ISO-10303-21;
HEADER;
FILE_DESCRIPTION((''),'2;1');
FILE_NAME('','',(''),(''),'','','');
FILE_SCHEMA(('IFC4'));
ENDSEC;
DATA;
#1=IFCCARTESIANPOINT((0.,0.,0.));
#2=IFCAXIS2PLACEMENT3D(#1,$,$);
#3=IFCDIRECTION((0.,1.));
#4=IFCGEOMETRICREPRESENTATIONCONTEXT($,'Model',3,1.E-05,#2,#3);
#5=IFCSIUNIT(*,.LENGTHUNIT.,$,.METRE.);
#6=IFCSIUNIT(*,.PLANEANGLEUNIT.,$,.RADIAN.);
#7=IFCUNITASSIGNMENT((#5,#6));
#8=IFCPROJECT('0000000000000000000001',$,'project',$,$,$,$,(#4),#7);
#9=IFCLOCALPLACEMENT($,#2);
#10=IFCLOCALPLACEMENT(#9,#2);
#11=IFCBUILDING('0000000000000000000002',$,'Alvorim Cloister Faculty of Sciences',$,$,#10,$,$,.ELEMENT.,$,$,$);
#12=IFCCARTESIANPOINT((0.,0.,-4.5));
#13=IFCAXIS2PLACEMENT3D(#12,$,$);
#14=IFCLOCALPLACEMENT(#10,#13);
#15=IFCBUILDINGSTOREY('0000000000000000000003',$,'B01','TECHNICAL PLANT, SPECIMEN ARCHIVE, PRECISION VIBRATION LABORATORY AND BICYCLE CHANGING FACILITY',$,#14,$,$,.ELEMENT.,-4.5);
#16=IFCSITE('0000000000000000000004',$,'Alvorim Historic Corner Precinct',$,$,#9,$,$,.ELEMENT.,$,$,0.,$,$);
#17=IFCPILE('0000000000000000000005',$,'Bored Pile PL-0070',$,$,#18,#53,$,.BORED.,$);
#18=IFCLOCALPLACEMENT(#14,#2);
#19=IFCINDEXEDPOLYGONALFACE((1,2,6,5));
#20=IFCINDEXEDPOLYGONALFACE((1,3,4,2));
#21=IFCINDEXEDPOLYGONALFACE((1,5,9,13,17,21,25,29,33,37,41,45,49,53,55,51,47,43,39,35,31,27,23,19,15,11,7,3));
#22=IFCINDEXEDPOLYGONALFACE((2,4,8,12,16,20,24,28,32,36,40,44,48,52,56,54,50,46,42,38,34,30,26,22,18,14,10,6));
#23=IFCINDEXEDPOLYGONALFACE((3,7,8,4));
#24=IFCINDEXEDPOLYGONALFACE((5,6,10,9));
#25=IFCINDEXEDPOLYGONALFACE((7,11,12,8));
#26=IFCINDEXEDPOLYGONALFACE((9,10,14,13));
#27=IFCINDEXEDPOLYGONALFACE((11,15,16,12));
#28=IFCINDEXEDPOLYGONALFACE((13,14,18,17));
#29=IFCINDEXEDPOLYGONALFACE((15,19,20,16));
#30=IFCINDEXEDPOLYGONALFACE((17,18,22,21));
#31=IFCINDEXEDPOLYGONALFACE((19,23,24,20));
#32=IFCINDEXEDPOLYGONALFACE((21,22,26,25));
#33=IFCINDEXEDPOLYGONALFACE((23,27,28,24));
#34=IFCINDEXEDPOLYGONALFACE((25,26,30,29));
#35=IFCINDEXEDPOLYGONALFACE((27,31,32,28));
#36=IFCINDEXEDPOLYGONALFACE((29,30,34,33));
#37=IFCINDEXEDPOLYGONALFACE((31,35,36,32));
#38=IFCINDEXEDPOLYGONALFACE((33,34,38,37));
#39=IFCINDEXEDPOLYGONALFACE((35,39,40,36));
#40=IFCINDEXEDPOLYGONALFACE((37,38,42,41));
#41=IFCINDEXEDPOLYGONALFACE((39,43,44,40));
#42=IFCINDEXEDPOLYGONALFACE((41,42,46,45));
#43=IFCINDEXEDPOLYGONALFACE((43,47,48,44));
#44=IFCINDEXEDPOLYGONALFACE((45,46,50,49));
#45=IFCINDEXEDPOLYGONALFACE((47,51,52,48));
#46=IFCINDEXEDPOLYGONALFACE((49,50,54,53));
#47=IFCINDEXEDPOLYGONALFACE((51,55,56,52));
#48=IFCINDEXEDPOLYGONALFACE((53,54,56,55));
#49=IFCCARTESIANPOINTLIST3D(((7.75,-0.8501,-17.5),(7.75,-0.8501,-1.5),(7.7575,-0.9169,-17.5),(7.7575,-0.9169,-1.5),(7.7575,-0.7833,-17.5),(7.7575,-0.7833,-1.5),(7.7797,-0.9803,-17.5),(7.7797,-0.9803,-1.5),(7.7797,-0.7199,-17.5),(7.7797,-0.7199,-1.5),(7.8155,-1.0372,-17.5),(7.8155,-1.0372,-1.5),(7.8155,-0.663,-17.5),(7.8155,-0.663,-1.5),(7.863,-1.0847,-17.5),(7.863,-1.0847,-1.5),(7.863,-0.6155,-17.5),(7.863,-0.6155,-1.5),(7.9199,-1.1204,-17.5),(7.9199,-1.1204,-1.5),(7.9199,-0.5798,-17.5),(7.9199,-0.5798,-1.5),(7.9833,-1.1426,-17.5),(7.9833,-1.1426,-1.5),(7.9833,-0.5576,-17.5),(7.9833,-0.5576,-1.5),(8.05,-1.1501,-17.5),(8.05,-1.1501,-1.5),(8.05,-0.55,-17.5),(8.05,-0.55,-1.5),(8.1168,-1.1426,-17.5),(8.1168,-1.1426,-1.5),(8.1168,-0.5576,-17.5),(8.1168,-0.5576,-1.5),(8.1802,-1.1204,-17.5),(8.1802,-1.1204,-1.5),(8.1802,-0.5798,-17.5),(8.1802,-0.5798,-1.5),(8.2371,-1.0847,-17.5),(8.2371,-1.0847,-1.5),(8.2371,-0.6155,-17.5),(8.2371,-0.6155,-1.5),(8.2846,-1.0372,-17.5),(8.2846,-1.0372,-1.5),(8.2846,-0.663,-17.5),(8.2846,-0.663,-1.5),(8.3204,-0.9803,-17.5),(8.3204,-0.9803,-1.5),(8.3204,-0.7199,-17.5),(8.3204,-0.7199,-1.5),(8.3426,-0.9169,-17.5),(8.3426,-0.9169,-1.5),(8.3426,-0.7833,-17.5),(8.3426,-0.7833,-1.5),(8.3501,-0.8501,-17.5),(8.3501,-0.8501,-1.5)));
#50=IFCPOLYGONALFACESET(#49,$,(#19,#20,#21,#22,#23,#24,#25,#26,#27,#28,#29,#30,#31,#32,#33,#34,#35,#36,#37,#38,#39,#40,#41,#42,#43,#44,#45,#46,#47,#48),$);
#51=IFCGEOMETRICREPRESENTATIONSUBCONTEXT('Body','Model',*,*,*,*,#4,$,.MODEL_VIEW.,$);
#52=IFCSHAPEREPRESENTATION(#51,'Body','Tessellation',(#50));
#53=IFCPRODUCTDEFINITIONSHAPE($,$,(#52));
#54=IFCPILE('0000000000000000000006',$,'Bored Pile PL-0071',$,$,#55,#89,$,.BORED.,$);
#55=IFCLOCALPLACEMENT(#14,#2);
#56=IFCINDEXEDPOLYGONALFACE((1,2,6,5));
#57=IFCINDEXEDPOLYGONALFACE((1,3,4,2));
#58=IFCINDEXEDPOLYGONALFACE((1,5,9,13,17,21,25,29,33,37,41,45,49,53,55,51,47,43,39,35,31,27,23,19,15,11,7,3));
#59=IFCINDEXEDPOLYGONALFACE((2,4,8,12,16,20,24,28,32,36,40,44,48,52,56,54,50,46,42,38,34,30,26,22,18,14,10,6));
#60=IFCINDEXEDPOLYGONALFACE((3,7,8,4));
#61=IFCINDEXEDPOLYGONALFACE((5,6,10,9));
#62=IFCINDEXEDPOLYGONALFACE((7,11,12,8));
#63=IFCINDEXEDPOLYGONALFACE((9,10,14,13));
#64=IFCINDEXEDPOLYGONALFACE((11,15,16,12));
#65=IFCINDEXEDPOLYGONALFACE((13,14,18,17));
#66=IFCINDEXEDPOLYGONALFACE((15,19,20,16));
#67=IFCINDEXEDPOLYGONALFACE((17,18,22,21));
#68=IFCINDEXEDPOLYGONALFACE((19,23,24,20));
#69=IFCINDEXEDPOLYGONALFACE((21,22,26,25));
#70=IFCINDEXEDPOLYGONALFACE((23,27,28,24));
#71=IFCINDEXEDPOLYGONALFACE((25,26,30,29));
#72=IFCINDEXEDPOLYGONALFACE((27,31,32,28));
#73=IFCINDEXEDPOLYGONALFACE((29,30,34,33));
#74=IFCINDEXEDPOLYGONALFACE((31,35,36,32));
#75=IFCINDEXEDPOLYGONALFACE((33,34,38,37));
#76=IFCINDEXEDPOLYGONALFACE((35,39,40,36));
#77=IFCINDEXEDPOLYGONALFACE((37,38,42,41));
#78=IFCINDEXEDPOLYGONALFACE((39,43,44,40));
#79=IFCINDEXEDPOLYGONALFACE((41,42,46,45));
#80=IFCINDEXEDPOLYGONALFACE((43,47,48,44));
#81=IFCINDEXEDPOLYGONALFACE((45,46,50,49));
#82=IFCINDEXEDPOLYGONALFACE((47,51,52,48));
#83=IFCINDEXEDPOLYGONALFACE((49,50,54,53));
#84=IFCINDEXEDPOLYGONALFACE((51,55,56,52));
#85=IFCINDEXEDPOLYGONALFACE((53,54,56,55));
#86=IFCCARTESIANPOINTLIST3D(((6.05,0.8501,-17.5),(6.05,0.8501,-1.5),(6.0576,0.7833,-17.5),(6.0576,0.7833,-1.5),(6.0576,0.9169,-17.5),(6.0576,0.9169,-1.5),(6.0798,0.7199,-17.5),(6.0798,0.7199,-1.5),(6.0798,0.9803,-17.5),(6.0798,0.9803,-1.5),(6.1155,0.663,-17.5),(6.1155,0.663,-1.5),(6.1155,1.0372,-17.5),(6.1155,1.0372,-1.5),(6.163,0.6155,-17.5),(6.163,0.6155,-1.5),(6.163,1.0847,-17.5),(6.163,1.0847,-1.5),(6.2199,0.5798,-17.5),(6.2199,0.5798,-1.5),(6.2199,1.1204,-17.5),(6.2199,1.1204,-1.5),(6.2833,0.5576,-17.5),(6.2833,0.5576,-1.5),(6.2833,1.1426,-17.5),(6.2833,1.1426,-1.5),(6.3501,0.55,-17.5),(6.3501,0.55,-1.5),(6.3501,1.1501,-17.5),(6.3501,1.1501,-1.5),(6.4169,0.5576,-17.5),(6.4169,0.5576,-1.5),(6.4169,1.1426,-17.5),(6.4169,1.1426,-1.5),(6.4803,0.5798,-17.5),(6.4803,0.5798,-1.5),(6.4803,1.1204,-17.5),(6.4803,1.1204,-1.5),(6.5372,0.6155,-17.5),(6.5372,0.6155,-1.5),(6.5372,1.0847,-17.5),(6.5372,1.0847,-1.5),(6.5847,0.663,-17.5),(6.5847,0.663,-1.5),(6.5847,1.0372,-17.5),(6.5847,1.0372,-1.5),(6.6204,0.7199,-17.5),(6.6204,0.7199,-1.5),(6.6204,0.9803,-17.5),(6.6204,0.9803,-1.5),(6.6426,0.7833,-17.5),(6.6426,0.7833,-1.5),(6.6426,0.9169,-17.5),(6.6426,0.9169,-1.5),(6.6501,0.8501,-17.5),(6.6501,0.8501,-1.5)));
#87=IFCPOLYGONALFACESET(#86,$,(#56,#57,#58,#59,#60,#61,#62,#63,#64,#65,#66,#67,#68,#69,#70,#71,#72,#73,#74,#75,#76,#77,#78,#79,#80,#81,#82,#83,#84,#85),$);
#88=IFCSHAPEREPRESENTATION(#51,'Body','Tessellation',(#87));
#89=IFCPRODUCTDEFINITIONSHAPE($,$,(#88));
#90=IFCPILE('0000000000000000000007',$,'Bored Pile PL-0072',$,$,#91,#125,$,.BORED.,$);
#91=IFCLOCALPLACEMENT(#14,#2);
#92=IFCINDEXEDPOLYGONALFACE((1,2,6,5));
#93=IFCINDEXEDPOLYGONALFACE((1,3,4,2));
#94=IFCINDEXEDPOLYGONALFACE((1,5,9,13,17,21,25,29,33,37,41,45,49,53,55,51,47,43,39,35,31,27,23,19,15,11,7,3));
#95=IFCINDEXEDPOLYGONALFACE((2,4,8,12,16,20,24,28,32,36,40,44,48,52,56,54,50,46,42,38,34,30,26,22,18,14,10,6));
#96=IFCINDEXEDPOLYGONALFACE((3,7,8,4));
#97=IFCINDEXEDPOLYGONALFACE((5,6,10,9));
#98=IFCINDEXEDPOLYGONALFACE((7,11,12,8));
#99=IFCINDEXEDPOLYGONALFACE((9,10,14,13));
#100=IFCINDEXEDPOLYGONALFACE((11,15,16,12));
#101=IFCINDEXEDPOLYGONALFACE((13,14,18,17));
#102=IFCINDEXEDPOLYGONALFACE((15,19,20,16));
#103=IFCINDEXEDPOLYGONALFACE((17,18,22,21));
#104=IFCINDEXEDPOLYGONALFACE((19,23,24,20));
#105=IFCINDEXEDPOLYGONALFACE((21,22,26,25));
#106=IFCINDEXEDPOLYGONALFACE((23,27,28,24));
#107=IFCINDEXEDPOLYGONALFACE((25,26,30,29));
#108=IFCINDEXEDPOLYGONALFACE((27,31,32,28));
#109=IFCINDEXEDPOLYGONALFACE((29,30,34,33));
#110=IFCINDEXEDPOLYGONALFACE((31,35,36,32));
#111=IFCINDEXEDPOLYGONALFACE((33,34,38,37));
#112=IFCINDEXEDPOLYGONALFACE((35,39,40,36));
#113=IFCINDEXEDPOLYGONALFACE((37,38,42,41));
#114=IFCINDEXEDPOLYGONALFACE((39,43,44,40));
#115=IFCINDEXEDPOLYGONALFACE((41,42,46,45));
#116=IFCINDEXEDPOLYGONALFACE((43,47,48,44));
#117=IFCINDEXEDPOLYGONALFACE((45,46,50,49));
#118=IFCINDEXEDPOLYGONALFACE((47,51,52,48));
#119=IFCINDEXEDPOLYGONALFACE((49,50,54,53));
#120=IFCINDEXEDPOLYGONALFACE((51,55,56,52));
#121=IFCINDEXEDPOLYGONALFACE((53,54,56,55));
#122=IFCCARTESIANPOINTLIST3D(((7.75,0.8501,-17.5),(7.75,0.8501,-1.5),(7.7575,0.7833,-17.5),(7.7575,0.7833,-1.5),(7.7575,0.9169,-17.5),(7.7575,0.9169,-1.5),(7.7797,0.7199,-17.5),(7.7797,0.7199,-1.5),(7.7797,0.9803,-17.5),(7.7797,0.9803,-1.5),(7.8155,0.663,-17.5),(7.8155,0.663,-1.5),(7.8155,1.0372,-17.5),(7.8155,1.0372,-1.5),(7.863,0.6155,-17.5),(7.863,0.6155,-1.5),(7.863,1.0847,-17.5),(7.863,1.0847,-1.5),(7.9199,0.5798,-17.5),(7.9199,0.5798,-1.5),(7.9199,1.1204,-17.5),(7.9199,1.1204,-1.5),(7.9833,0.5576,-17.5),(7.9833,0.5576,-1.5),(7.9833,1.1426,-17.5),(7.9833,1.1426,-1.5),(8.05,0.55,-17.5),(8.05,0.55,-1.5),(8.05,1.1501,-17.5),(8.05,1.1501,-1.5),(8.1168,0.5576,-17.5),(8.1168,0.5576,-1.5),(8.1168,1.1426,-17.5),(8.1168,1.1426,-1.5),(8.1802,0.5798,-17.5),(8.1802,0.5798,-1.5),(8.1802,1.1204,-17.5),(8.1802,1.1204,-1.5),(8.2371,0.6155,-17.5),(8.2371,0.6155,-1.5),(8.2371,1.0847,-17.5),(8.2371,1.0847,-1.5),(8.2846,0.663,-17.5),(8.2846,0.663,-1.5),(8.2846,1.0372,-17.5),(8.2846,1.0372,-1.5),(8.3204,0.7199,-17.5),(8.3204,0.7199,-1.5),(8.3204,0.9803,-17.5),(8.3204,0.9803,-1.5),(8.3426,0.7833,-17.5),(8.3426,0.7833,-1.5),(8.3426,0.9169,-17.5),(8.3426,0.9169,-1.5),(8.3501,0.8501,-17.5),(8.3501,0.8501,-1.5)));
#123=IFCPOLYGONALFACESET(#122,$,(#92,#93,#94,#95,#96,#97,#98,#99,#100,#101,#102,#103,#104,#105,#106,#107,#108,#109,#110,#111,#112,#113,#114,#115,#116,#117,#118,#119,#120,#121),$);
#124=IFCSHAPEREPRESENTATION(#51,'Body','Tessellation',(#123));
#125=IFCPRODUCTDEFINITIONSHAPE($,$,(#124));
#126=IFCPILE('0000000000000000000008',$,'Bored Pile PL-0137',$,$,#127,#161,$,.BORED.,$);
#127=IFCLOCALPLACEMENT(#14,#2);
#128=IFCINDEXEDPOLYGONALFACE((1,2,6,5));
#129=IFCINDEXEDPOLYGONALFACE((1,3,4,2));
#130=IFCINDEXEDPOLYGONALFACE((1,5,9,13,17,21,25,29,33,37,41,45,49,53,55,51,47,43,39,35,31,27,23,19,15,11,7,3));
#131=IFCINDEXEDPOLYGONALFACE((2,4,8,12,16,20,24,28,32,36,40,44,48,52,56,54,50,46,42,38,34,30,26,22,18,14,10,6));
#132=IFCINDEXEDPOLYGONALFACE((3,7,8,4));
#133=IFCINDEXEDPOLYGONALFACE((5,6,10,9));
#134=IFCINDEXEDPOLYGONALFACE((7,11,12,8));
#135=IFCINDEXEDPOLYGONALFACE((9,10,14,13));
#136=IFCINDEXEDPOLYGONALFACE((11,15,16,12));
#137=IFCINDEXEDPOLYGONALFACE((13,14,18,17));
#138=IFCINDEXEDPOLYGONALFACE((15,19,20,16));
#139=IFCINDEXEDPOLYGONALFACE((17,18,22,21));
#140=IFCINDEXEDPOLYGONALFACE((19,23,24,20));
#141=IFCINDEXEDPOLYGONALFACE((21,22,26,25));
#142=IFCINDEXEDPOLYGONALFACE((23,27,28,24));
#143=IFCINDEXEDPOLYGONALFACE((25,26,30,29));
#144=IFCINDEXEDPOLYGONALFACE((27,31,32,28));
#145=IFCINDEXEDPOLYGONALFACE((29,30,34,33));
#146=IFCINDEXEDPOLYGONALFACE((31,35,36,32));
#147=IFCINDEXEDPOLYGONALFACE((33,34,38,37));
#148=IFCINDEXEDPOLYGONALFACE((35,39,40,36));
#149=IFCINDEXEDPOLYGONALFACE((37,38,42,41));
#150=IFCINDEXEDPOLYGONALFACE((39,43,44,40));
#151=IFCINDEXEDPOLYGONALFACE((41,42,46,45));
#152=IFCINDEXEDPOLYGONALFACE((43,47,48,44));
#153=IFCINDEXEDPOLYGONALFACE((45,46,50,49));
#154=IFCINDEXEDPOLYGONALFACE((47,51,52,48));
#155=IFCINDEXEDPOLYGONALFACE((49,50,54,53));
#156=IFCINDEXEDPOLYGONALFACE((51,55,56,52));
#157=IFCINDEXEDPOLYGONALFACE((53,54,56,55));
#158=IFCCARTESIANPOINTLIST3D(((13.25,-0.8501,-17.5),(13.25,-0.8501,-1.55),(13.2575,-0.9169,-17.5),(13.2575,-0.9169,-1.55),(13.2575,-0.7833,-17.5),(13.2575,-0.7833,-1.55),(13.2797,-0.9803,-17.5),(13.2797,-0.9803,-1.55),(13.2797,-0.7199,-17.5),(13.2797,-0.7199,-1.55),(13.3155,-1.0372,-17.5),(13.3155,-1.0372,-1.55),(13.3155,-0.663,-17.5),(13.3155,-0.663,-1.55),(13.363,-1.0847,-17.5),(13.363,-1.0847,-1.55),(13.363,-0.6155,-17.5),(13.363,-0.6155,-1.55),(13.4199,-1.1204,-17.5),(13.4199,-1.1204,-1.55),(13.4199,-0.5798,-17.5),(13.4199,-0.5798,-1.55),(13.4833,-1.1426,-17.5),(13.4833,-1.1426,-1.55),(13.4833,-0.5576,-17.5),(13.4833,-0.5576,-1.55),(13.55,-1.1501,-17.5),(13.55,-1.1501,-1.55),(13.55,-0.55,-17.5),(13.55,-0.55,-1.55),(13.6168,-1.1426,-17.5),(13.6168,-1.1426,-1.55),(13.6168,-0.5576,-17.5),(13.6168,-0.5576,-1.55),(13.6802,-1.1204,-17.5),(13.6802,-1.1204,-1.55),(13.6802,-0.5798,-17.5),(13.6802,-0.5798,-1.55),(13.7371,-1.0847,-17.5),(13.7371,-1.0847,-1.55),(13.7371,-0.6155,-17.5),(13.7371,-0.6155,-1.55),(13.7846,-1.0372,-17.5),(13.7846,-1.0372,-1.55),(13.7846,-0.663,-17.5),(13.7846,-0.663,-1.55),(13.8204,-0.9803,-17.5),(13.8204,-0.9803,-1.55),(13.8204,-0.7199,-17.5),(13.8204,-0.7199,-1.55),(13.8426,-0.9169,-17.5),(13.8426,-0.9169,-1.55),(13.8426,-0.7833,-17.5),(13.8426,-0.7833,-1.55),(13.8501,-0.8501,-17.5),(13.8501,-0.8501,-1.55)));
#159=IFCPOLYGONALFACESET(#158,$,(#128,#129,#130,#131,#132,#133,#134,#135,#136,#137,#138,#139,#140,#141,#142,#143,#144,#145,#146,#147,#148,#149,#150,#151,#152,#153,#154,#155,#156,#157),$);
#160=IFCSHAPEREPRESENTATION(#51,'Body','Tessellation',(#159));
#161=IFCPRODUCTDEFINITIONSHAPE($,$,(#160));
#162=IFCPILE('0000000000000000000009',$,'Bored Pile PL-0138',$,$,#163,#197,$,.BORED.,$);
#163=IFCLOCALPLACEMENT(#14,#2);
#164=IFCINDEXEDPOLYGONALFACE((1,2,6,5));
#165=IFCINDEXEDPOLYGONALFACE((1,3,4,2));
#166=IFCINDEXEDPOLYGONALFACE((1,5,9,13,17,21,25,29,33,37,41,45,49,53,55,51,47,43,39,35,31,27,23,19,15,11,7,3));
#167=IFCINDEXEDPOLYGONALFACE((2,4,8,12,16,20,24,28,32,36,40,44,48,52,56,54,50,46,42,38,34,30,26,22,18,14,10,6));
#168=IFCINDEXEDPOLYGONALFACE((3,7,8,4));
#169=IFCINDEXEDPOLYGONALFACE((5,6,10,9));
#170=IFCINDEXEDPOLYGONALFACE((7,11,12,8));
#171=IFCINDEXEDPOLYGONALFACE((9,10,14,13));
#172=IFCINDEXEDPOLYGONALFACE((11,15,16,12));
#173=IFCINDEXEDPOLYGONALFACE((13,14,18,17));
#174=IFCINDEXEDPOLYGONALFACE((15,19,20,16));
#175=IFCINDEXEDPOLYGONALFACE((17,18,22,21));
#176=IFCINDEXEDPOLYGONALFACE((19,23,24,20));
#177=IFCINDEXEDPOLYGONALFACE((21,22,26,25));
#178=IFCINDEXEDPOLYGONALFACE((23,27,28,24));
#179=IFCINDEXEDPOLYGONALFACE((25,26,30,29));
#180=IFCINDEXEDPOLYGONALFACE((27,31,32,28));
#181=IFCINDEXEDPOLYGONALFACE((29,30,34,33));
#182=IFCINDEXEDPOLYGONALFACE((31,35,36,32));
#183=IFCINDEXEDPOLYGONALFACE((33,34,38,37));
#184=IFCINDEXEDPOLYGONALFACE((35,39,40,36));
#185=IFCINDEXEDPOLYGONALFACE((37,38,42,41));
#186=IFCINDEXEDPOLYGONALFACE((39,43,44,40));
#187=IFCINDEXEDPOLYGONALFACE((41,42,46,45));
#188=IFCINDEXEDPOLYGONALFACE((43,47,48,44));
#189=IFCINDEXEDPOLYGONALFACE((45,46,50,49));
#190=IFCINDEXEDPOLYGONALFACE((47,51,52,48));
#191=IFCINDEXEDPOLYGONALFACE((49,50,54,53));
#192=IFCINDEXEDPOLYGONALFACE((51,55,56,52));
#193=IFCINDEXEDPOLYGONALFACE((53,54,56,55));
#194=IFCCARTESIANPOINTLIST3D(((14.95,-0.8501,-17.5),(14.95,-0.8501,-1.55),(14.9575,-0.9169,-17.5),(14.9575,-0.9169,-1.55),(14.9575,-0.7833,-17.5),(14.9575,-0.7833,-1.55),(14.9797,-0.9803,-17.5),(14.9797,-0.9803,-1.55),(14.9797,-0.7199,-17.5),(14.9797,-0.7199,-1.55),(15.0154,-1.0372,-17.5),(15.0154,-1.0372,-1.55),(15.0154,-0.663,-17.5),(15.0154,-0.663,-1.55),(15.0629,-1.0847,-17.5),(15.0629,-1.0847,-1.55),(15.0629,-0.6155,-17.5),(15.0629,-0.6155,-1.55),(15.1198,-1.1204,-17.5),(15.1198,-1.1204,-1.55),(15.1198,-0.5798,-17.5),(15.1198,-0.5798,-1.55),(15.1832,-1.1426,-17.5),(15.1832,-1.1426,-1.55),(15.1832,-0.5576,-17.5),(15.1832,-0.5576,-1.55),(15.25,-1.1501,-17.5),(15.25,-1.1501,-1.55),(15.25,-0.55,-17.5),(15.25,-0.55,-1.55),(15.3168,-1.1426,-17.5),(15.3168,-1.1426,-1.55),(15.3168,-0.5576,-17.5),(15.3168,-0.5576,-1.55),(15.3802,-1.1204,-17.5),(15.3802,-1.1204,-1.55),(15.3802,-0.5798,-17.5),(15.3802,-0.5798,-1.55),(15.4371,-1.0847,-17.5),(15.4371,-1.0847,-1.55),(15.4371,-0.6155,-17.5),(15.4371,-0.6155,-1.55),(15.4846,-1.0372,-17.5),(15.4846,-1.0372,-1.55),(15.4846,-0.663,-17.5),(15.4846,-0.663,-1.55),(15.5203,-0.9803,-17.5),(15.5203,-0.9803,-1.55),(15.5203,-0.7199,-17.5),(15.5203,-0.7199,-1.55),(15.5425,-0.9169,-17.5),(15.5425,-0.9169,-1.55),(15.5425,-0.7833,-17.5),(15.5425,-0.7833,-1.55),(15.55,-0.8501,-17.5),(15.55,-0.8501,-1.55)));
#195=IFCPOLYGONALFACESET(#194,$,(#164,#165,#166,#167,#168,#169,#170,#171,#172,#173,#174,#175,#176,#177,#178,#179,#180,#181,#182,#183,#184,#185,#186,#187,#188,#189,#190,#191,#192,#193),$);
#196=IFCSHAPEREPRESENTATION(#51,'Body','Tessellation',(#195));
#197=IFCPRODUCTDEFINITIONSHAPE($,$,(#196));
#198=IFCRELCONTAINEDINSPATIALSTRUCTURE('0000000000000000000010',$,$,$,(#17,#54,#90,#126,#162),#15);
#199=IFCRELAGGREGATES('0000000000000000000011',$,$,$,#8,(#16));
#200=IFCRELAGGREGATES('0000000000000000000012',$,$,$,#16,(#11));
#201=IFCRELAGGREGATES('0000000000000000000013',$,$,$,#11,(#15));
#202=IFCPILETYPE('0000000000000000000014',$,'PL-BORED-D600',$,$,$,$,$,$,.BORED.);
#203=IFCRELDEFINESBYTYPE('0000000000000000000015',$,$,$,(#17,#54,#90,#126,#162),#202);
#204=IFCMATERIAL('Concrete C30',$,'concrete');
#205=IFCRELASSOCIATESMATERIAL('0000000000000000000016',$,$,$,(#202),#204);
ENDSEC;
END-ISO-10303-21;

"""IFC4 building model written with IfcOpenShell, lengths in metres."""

from ifc_helpers import new_model, si_unit, direction, frame, origin, origin_2d, place, context, subcontext, project, spatial, circle, extrude, material, material_profile, profile_set, type_object, element, save


model = new_model("IFC4")

# Units and contexts
model_context = context("Model", 3, precision=1e-05, world=origin(), true_north=direction((0.0, 1.0)))
body_context = subcontext(model_context, "Body", "Model", "MODEL_VIEW")
ifc_project = project(units=[si_unit("LENGTHUNIT", "METRE"), si_unit("PLANEANGLEUNIT", "RADIAN")], contexts=[model_context])

# Site, building, storey
site_placement = place(None, origin())
site = spatial("IfcSite", under=ifc_project, at=site_placement, Name="Alvorim Historic Corner Precinct", CompositionType="ELEMENT", RefElevation=0.0)
building_placement = place(site_placement, origin())
building = spatial("IfcBuilding", under=site, at=building_placement, Name="Alvorim Cloister Faculty of Sciences", CompositionType="ELEMENT")
storey_placement = place(building_placement, frame((0.0, 0.0, -4.5)))
storey = spatial("IfcBuildingStorey", under=building, at=storey_placement, Name="B01", Description="TECHNICAL PLANT, SPECIMEN ARCHIVE, PRECISION VIBRATION LABORATORY AND BICYCLE CHANGING FACILITY", CompositionType="ELEMENT", Elevation=-4.5)

# Piles
ifc_material_1 = material(Name="Concrete C30", Category="concrete")
ifc_material_profile_1 = material_profile(ifc_material_1, circle(Radius=0.3, at=origin_2d()), Name="PILE-D600")
ifc_profile_set_1 = profile_set([ifc_material_profile_1], Name="Concrete C30")
pile_type_1 = type_object("IfcPileType", Name="PL-BORED-D600", PredefinedType="BORED", material=ifc_profile_set_1)
for number, where, z_axis, x_axis, name in (
    (1, (8.05, -0.8501, -1.5), (0.0, 0.0, -1.0), (1.0, 0.0, 0.0), "Bored Pile PL-0070"),
    (2, (6.3501, 0.8501, -1.5), (0.0, 0.0, -1.0), (1.0, 0.0, 0.0), "Bored Pile PL-0071"),
    (3, (8.05, 0.8501, -1.5), (0.0, 0.0, -1.0), (1.0, 0.0, 0.0), "Bored Pile PL-0072"),
):
    element("IfcPile", number, at=place(storey_placement, frame(where, z_axis=z_axis, x_axis=x_axis)), inside=storey, type_object=pile_type_1, Name=name, PredefinedType="BORED", context=body_context, shape_type="SweptSolid", body=[
        extrude(circle(Radius=0.3, at=origin_2d()), origin(), (0.0, 0.0, 1.0), 16.0),
    ])
for number, where, z_axis, x_axis, name in (
    (4, (13.55, -0.8501, -1.55), (0.0, 0.0, -1.0), (1.0, 0.0, 0.0), "Bored Pile PL-0137"),
    (5, (15.25, -0.8501, -1.55), (0.0, 0.0, -1.0), (1.0, 0.0, 0.0), "Bored Pile PL-0138"),
):
    element("IfcPile", number, at=place(storey_placement, frame(where, z_axis=z_axis, x_axis=x_axis)), inside=storey, type_object=pile_type_1, Name=name, PredefinedType="BORED", context=body_context, shape_type="SweptSolid", body=[
        extrude(circle(Radius=0.3, at=origin_2d()), origin(), (0.0, 0.0, 1.0), 15.95),
    ])

save(model, "model.ifc")
